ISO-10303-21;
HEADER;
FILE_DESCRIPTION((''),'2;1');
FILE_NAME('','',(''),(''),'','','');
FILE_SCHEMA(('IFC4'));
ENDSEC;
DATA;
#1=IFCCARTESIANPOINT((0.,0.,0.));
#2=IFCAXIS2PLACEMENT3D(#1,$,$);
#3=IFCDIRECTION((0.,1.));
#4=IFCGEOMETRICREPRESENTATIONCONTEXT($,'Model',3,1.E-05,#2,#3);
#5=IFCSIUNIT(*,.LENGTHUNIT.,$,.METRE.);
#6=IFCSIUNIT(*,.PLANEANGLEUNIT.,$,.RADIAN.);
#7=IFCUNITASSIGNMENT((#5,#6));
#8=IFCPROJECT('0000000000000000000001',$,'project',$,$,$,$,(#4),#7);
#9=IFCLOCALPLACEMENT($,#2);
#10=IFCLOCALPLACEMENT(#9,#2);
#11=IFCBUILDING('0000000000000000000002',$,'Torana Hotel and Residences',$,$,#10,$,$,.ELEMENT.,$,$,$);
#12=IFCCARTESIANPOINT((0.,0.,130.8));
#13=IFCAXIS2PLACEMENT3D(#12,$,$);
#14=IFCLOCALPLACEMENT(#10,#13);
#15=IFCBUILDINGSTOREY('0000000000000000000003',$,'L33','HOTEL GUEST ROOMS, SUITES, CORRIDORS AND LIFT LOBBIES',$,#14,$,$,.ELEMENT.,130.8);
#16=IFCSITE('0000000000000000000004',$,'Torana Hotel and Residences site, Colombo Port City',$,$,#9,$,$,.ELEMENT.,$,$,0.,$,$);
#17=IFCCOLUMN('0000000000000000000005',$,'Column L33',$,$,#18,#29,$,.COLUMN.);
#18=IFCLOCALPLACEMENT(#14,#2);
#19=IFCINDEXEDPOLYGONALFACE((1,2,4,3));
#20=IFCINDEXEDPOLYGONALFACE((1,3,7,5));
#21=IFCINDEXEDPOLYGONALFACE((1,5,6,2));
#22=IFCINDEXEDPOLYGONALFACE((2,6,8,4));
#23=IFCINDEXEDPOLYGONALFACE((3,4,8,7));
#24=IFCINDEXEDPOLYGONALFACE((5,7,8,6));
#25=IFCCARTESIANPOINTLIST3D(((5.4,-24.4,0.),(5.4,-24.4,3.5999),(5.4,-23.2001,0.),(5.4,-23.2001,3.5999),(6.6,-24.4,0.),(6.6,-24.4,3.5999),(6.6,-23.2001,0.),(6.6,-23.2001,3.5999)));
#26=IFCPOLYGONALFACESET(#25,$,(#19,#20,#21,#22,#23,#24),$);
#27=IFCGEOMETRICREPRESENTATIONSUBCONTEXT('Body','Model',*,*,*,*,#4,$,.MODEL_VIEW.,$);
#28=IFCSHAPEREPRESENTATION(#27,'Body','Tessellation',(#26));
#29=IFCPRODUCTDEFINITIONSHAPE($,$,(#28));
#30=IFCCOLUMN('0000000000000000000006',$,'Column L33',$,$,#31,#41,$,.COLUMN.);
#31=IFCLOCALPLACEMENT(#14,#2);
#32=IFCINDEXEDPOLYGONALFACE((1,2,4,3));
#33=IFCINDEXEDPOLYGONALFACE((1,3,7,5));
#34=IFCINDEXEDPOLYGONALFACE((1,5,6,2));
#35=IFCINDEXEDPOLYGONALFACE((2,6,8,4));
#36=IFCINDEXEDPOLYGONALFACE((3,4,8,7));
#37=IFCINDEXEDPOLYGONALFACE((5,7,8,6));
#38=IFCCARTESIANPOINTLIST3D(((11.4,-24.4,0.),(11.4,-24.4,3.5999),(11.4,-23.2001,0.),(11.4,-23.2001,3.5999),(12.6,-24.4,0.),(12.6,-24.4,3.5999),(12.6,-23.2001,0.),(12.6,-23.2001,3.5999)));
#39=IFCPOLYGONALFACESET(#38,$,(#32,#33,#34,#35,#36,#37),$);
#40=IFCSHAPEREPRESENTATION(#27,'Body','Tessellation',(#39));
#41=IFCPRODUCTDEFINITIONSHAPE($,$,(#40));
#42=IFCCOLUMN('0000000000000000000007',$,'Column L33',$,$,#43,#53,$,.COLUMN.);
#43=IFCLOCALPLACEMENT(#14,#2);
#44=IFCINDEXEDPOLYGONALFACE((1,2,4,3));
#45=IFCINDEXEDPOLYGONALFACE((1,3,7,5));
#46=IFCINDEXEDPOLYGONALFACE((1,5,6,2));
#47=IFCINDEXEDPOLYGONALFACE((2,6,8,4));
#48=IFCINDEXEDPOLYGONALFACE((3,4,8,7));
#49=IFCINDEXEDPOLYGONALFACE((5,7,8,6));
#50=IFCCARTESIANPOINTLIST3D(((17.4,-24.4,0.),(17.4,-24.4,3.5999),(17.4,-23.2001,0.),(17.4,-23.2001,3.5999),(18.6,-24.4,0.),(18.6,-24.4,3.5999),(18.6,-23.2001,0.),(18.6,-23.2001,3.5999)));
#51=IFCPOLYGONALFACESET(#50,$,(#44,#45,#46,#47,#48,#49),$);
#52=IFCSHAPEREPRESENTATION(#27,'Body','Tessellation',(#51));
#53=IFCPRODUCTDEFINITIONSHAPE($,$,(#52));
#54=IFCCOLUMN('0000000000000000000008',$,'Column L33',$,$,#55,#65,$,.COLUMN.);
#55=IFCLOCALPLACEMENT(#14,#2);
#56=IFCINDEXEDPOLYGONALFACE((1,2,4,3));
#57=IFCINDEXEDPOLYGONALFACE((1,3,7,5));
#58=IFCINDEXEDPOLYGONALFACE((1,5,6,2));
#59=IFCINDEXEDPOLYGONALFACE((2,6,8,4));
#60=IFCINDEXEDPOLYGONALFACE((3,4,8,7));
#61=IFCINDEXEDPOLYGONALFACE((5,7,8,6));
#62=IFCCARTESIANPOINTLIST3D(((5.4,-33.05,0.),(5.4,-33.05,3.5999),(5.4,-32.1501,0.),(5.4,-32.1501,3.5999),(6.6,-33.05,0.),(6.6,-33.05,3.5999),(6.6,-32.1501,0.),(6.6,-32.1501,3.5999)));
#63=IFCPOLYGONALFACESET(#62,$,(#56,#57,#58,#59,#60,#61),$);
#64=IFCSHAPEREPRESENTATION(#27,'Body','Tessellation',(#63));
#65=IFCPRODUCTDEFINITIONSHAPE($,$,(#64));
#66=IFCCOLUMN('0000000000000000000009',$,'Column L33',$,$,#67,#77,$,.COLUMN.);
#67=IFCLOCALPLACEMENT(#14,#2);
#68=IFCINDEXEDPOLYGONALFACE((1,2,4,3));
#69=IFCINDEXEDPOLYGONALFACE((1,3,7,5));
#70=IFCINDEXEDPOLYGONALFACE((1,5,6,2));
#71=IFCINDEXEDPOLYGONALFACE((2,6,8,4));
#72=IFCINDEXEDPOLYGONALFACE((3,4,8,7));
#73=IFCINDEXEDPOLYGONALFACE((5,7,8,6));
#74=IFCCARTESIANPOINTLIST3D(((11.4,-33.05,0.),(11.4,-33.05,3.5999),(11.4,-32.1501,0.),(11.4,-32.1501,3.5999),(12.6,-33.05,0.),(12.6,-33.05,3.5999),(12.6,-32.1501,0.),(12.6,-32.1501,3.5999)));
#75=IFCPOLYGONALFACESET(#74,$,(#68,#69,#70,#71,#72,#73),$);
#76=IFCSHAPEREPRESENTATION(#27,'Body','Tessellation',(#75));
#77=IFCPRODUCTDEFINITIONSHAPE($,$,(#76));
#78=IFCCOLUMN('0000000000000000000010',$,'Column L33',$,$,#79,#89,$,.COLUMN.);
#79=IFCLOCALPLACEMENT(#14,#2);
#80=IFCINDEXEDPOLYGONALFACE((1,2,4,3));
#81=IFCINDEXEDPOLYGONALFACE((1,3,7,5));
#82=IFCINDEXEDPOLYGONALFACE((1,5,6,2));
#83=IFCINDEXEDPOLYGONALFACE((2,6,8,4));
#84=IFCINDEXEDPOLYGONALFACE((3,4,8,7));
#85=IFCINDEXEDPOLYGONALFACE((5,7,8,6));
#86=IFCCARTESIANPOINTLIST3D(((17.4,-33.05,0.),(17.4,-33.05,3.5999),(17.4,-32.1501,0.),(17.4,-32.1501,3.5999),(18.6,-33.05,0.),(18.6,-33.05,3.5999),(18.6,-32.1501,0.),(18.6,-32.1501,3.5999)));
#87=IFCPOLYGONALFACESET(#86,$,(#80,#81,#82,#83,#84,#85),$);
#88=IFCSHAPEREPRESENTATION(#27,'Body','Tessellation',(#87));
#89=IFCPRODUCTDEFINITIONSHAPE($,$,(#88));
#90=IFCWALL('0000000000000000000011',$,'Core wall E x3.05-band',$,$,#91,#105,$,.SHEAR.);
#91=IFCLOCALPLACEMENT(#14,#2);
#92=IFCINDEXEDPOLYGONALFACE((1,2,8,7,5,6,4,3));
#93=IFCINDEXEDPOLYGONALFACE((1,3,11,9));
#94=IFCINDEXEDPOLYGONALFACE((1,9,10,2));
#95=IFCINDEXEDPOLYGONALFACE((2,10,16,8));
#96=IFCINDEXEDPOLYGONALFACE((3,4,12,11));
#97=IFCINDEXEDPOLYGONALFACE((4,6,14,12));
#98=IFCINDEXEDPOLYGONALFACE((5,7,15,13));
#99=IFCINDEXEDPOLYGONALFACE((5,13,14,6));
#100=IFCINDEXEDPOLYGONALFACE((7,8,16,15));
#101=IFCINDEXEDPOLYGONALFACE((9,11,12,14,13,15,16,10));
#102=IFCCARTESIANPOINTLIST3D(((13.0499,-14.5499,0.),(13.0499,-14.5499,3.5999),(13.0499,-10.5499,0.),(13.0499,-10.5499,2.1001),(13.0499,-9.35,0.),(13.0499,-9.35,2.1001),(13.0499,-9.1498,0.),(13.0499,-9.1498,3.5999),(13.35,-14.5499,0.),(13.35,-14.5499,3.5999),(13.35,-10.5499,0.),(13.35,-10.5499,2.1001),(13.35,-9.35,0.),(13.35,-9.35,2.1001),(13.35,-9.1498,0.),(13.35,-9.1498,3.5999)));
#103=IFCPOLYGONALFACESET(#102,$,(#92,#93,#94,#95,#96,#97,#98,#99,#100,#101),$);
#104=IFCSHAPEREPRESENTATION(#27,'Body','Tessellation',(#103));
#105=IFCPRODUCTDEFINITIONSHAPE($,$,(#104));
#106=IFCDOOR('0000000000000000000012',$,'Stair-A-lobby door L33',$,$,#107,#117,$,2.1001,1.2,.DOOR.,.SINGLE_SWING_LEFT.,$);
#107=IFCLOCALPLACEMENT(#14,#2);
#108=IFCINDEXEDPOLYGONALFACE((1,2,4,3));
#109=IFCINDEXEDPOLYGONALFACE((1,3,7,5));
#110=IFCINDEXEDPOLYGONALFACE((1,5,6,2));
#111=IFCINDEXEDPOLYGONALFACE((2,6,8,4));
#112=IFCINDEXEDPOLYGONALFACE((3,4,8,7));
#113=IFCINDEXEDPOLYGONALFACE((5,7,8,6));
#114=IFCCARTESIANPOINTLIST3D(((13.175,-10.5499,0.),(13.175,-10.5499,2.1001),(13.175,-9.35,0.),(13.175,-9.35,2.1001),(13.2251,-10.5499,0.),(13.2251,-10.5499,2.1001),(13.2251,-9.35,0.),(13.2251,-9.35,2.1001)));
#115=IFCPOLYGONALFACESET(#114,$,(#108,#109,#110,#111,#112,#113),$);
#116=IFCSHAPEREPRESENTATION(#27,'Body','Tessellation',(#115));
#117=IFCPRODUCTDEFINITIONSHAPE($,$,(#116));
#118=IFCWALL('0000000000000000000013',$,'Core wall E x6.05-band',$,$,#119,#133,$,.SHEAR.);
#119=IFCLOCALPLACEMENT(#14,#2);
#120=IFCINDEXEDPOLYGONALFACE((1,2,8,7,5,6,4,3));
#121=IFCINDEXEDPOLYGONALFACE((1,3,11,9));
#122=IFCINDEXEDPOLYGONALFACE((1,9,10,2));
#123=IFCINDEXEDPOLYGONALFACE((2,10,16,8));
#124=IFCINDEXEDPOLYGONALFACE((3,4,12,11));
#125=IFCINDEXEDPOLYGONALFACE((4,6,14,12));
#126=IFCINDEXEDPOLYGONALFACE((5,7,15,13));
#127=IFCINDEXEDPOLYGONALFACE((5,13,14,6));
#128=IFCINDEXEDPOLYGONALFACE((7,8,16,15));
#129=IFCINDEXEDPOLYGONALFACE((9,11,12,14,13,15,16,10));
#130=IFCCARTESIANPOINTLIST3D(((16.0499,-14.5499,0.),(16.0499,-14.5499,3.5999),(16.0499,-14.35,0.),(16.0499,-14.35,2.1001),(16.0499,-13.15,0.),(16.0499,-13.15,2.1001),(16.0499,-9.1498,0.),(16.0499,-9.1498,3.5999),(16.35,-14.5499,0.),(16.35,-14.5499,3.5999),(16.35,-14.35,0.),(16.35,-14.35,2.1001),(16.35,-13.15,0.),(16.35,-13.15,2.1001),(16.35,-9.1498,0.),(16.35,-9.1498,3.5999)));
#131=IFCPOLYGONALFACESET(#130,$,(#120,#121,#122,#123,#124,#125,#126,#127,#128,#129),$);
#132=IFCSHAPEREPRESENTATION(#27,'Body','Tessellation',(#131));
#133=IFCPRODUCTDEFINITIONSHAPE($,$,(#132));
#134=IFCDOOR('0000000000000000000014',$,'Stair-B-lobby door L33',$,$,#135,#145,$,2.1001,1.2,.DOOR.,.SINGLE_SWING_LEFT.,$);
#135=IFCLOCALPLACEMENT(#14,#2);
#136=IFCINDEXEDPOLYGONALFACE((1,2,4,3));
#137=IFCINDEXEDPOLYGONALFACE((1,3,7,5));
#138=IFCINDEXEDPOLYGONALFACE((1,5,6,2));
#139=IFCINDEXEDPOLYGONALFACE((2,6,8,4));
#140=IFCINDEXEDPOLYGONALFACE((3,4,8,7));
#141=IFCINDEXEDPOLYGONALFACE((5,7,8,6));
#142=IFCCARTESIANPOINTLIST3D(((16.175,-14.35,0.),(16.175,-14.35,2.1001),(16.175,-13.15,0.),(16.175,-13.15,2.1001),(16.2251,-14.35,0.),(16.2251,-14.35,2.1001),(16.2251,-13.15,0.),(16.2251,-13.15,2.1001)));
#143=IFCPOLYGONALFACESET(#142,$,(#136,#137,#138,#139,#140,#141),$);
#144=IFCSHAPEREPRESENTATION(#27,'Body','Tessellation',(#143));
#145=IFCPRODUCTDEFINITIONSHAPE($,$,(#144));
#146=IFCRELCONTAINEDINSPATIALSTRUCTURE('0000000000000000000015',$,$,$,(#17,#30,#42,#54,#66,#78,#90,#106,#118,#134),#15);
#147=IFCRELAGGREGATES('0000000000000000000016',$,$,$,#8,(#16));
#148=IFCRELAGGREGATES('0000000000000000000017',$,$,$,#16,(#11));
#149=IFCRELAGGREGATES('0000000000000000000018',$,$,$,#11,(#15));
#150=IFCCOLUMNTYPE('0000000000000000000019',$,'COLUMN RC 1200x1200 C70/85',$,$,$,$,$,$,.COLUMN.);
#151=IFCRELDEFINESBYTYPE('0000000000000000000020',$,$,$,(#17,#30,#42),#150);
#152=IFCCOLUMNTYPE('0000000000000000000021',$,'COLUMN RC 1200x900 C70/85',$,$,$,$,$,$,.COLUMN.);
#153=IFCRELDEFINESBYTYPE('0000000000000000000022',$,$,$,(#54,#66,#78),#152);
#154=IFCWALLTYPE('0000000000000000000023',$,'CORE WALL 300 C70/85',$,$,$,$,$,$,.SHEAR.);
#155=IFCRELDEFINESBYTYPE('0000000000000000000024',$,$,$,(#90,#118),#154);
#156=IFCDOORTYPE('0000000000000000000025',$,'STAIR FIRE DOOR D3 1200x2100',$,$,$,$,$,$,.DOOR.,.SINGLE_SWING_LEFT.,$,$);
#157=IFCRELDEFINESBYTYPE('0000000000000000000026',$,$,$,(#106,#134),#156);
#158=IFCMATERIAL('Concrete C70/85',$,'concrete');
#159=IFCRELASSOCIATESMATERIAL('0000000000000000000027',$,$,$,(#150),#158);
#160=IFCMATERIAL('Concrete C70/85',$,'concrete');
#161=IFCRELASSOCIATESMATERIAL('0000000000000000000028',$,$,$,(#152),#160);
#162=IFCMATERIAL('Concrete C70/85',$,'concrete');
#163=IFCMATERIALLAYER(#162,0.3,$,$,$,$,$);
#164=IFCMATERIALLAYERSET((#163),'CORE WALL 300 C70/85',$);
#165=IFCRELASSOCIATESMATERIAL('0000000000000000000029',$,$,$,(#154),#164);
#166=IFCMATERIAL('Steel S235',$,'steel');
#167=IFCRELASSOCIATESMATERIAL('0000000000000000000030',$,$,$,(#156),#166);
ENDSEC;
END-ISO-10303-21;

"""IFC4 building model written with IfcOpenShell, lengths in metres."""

from ifc_helpers import new_model, si_unit, direction, frame, frame_2d, origin, origin_2d, place, context, subcontext, project, spatial, rectangle, extrude, material, layer, layer_set, material_profile, profile_set, type_object, element, fill, save


model = new_model("IFC4")

# Units and contexts
model_context = context("Model", 3, precision=1e-05, world=origin(), true_north=direction((0.0, 1.0)))
body_context = subcontext(model_context, "Body", "Model", "MODEL_VIEW")
ifc_project = project(units=[si_unit("LENGTHUNIT", "METRE"), si_unit("PLANEANGLEUNIT", "RADIAN")], contexts=[model_context])

# Site, building, storey
site_placement = place(None, origin())
site = spatial("IfcSite", under=ifc_project, at=site_placement, Name="Torana Hotel and Residences site, Colombo Port City", CompositionType="ELEMENT", RefElevation=0.0)
building_placement = place(site_placement, origin())
building = spatial("IfcBuilding", under=site, at=building_placement, Name="Torana Hotel and Residences", CompositionType="ELEMENT")
storey_placement = place(building_placement, frame((0.0, 0.0, 130.8)))
storey = spatial("IfcBuildingStorey", under=building, at=storey_placement, Name="L33", Description="HOTEL GUEST ROOMS, SUITES, CORRIDORS AND LIFT LOBBIES", CompositionType="ELEMENT", Elevation=130.8)

# Columns
ifc_material_1 = material(Name="Concrete C70/85", Category="concrete")
ifc_material_profile_1 = material_profile(ifc_material_1, rectangle(XDim=1.2, YDim=1.2, at=origin_2d()), Name="RC 1200x1200")
ifc_profile_set_1 = profile_set([ifc_material_profile_1], Name="Concrete C70/85")
column_type_1 = type_object("IfcColumnType", Name="COLUMN RC 1200x1200 C70/85", PredefinedType="COLUMN", material=ifc_profile_set_1)
for number, where, z_axis, x_axis, name in (
    (1, (6.0, -23.8, 0.0), (0.0, 0.0, 1.0), (1.0, 0.0, 0.0), "Column L33"),
    (2, (12.0, -23.8, 0.0), (0.0, 0.0, 1.0), (1.0, 0.0, 0.0), "Column L33"),
    (3, (18.0, -23.8, 0.0), (0.0, 0.0, 1.0), (1.0, 0.0, 0.0), "Column L33"),
):
    element("IfcColumn", number, at=place(storey_placement, frame(where, z_axis=z_axis, x_axis=x_axis)), inside=storey, type_object=column_type_1, Name=name, PredefinedType="COLUMN", context=body_context, shape_type="SweptSolid", body=[
        extrude(rectangle(XDim=1.2, YDim=1.2, at=origin_2d()), origin(), (0.0, 0.0, 1.0), 3.5999),
    ])
ifc_material_2 = material(Name="Concrete C70/85", Category="concrete")
ifc_material_profile_2 = material_profile(ifc_material_2, rectangle(XDim=1.2, YDim=0.8999, at=origin_2d()), Name="RC 1200x900")
ifc_profile_set_2 = profile_set([ifc_material_profile_2], Name="Concrete C70/85")
column_type_2 = type_object("IfcColumnType", Name="COLUMN RC 1200x900 C70/85", PredefinedType="COLUMN", material=ifc_profile_set_2)
for number, where, z_axis, x_axis, name in (
    (4, (6.0, -32.6001, 0.0), (0.0, 0.0, 1.0), (1.0, 0.0, 0.0), "Column L33"),
    (5, (12.0, -32.6001, 0.0), (0.0, 0.0, 1.0), (1.0, 0.0, 0.0), "Column L33"),
    (6, (18.0, -32.6001, 0.0), (0.0, 0.0, 1.0), (1.0, 0.0, 0.0), "Column L33"),
):
    element("IfcColumn", number, at=place(storey_placement, frame(where, z_axis=z_axis, x_axis=x_axis)), inside=storey, type_object=column_type_2, Name=name, PredefinedType="COLUMN", context=body_context, shape_type="SweptSolid", body=[
        extrude(rectangle(XDim=1.2, YDim=0.8999, at=origin_2d()), origin(), (0.0, 0.0, 1.0), 3.5999),
    ])

# Walls, openings, doors
ifc_material_3 = material(Name="Concrete C70/85", Category="concrete")
ifc_layer_1 = layer(ifc_material_3, 0.3)
ifc_layer_set_1 = layer_set([ifc_layer_1], Name="CORE WALL 300 C70/85")
wall_type_1 = type_object("IfcWallType", Name="CORE WALL 300 C70/85", PredefinedType="SHEAR", material=ifc_layer_set_1)
wall_1_placement = place(storey_placement, frame((13.2, -14.55, 0.0), z_axis=(0.0, 0.0, 1.0), x_axis=(0.0, 1.0, 0.0)))
wall_1 = element("IfcWall", 7, at=wall_1_placement, inside=storey, type_object=wall_type_1, Name="Core wall E x3.05-band", PredefinedType="SHEAR", context=body_context, shape_type="SweptSolid", body=[
    extrude(rectangle(XDim=5.4001, YDim=0.3, at=frame_2d((2.7002, 0.0))), origin(), (0.0, 0.0, 1.0), 3.5999),
])
opening_1_placement = place(wall_1_placement, frame((4.0, 0.0, 0.0)))
opening_1 = element("IfcOpeningElement", 8, at=opening_1_placement, cuts=wall_1, PredefinedType="OPENING", context=body_context, shape_type="SweptSolid", body=[
    extrude(rectangle(XDim=1.2, YDim=2.1001, at=frame_2d((0.6001, 1.05))), frame((0.0, 0.1599, 0.0), z_axis=(0.0, -1.0, 0.0), x_axis=(1.0, 0.0, 0.0)), (0.0, 0.0, 1.0), 0.3201),
])
ifc_material_4 = material(Name="Steel S235", Category="steel")
door_type_1 = type_object("IfcDoorType", Name="STAIR FIRE DOOR D3 1200x2100", OperationType="SINGLE_SWING_LEFT", PredefinedType="DOOR", material=ifc_material_4)
door_1_placement = place(opening_1_placement, origin())
door_1 = element("IfcDoor", 9, at=door_1_placement, inside=storey, type_object=door_type_1, Name="Stair-A-lobby door L33", OperationType="SINGLE_SWING_LEFT", OverallHeight=2.1001, OverallWidth=1.2, PredefinedType="DOOR", context=body_context, shape_type="SweptSolid", body=[
    extrude(rectangle(XDim=1.2, YDim=2.1001, at=frame_2d((0.6001, 1.05))), frame((0.0, 0.0249, 0.0), z_axis=(0.0, -1.0, 0.0), x_axis=(1.0, 0.0, 0.0)), (0.0, 0.0, 1.0), 0.05),
])
fill(opening_1, door_1)
wall_2_placement = place(storey_placement, frame((16.2, -14.55, 0.0), z_axis=(0.0, 0.0, 1.0), x_axis=(0.0, 1.0, 0.0)))
wall_2 = element("IfcWall", 10, at=wall_2_placement, inside=storey, type_object=wall_type_1, Name="Core wall E x6.05-band", PredefinedType="SHEAR", context=body_context, shape_type="SweptSolid", body=[
    extrude(rectangle(XDim=5.4001, YDim=0.3, at=frame_2d((2.7002, 0.0))), origin(), (0.0, 0.0, 1.0), 3.5999),
])
opening_2_placement = place(wall_2_placement, frame((0.2, 0.0, 0.0)))
opening_2 = element("IfcOpeningElement", 11, at=opening_2_placement, cuts=wall_2, PredefinedType="OPENING", context=body_context, shape_type="SweptSolid", body=[
    extrude(rectangle(XDim=1.2, YDim=2.1001, at=frame_2d((0.6001, 1.05))), frame((0.0, 0.1599, 0.0), z_axis=(0.0, -1.0, 0.0), x_axis=(1.0, 0.0, 0.0)), (0.0, 0.0, 1.0), 0.3201),
])
door_2_placement = place(opening_2_placement, frame((0.6001, 0.0, 0.0), z_axis=(0.0, 0.0, 1.0), x_axis=(-1.0, 0.0, 0.0)))
door_2 = element("IfcDoor", 12, at=door_2_placement, inside=storey, type_object=door_type_1, Name="Stair-B-lobby door L33", OperationType="SINGLE_SWING_LEFT", OverallHeight=2.1001, OverallWidth=1.2, PredefinedType="DOOR", context=body_context, shape_type="SweptSolid", body=[
    extrude(rectangle(XDim=1.2, YDim=2.1001, at=frame_2d((0.0, 1.05))), frame((0.0, -0.0249, 0.0), z_axis=(0.0, 1.0, 0.0), x_axis=(-1.0, 0.0, 0.0)), (0.0, 0.0, 1.0), 0.05),
])
fill(opening_2, door_2)

save(model, "model.ifc")
